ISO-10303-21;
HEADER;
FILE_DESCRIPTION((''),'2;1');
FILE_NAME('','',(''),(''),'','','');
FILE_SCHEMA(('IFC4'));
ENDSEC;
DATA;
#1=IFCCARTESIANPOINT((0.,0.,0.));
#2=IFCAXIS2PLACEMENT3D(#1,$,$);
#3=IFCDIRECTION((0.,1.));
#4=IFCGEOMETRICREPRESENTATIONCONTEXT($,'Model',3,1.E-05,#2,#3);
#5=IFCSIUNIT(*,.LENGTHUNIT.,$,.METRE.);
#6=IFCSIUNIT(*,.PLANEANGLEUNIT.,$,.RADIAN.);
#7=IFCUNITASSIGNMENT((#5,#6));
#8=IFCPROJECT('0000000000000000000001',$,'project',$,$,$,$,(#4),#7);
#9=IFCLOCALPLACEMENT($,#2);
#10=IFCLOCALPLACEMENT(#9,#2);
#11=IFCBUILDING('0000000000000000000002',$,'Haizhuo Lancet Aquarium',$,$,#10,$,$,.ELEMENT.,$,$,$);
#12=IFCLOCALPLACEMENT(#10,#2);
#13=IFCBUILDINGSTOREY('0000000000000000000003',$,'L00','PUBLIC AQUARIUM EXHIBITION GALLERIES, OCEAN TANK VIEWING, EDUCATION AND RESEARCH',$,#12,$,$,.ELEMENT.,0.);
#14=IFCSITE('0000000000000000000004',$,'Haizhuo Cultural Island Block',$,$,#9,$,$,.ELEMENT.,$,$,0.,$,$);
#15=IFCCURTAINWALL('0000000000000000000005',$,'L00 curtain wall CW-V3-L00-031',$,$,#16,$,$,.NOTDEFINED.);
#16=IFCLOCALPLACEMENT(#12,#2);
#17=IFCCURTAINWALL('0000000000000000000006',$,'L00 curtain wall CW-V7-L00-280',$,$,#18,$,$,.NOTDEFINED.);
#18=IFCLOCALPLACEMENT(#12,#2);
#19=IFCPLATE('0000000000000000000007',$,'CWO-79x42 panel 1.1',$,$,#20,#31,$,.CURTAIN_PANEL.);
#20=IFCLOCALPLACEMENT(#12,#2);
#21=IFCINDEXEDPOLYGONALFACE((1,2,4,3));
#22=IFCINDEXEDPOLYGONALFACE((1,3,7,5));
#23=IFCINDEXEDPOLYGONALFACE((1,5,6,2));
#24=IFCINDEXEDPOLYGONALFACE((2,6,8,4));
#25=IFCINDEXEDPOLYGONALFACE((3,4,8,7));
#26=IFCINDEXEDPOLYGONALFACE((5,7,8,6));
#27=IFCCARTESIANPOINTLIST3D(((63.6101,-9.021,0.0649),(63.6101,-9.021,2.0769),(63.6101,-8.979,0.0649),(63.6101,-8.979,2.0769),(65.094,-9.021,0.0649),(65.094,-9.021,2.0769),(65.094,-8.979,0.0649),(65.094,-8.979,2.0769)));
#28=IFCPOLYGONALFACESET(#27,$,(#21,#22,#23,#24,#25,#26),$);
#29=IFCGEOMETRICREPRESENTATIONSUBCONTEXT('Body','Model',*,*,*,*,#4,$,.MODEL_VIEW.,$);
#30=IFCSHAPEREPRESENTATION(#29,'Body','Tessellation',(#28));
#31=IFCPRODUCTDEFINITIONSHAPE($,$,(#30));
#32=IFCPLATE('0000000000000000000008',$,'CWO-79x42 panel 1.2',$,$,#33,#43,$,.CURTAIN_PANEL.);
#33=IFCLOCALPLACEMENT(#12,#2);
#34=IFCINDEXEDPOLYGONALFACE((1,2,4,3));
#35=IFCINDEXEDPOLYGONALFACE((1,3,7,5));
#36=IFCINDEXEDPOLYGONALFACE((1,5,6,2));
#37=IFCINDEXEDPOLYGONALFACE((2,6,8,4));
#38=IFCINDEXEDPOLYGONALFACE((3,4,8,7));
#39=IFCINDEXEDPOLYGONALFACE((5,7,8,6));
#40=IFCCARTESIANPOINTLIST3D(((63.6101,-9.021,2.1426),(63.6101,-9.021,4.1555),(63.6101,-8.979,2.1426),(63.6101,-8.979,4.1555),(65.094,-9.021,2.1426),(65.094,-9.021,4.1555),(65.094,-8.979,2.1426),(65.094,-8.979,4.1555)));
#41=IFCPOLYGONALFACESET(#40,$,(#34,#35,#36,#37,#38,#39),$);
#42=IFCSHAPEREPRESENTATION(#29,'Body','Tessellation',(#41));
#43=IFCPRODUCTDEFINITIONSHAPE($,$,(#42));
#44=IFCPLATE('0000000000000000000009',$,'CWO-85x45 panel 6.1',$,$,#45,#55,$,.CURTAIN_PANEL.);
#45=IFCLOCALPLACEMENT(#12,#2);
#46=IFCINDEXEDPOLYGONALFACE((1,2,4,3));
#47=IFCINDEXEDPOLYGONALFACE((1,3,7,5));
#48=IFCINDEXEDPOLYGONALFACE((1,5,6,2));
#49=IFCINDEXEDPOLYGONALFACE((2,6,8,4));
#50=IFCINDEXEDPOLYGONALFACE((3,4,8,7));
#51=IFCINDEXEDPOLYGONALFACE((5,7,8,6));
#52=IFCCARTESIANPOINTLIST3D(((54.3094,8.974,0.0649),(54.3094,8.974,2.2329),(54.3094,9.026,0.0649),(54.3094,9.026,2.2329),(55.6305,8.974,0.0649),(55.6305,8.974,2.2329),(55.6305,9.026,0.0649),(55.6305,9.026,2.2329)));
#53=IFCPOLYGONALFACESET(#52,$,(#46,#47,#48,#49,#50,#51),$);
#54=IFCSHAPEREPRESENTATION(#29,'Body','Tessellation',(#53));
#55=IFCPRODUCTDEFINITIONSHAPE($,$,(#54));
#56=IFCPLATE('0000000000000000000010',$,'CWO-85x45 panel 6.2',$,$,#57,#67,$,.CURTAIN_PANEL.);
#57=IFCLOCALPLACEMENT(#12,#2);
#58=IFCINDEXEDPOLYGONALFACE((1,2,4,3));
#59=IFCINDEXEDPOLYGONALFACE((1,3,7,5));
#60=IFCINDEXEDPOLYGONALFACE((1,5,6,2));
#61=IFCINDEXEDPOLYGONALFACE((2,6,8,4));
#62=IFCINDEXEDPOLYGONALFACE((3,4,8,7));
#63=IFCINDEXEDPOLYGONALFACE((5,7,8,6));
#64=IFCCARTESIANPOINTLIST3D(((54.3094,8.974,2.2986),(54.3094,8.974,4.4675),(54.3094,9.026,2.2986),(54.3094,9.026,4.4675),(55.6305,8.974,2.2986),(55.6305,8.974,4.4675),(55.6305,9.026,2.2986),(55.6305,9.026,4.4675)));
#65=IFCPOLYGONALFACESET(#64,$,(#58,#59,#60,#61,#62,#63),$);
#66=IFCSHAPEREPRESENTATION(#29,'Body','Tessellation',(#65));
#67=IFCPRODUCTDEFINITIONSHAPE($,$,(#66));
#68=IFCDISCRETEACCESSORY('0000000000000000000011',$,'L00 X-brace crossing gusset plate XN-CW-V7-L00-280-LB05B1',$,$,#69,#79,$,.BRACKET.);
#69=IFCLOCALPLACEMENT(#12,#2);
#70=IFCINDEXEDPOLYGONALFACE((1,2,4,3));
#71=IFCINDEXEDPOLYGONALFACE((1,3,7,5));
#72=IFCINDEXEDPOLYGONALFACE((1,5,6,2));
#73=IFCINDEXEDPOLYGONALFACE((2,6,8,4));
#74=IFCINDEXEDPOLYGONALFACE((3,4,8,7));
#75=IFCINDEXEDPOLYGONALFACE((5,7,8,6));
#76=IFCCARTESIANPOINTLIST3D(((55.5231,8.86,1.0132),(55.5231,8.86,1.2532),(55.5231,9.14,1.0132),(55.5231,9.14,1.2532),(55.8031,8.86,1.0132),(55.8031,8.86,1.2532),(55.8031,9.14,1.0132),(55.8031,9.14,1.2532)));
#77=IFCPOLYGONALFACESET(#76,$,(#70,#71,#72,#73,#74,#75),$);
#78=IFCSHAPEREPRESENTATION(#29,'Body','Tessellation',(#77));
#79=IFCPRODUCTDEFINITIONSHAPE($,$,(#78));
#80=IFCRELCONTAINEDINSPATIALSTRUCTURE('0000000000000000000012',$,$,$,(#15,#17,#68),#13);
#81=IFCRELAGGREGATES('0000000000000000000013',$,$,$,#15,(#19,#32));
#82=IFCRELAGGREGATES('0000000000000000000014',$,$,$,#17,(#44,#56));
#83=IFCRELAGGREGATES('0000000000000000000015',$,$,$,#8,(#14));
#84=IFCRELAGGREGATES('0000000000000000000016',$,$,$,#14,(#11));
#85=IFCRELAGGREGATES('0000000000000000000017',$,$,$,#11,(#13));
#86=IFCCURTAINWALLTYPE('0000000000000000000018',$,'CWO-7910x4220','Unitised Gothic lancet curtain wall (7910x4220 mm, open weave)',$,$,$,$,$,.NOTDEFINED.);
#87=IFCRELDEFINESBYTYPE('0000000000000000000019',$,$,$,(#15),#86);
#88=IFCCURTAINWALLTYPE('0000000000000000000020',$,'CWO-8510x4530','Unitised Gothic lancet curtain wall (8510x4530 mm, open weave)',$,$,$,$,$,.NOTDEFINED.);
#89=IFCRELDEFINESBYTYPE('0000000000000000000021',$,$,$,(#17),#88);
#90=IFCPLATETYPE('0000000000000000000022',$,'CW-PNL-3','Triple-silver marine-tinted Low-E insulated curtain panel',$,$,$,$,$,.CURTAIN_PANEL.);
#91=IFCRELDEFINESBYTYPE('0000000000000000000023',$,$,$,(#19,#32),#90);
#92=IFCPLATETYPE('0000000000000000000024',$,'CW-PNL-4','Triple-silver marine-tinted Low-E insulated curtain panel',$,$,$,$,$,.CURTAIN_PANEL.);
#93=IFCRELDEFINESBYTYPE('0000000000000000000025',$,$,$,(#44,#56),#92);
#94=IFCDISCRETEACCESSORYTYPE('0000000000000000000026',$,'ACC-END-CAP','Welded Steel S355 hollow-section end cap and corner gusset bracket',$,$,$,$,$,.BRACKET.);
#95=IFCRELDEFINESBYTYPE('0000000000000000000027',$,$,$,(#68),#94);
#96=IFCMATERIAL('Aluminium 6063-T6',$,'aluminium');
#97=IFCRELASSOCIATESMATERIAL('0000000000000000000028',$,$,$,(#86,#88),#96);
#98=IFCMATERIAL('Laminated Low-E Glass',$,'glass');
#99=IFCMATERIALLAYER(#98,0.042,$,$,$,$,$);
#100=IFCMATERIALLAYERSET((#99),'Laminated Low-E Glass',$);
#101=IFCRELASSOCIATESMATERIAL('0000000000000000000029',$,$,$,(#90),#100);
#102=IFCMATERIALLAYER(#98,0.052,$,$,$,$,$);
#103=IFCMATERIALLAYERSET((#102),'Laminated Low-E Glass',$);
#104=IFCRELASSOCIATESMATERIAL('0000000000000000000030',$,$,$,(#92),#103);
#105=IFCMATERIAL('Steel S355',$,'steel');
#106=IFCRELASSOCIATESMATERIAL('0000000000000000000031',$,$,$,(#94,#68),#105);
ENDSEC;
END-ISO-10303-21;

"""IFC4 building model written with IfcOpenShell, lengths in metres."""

from ifc_helpers import new_model, si_unit, direction, frame, origin, origin_2d, place, context, subcontext, project, spatial, rectangle, extrude, material, layer, layer_set, type_object, element, aggregate, save


model = new_model("IFC4")

# Units and contexts
model_context = context("Model", 3, precision=1e-05, world=origin(), true_north=direction((0.0, 1.0)))
body_context = subcontext(model_context, "Body", "Model", "MODEL_VIEW")
ifc_project = project(units=[si_unit("LENGTHUNIT", "METRE"), si_unit("PLANEANGLEUNIT", "RADIAN")], contexts=[model_context])

# Site, building, storey
site_placement = place(None, origin())
site = spatial("IfcSite", under=ifc_project, at=site_placement, Name="Haizhuo Cultural Island Block", CompositionType="ELEMENT", RefElevation=0.0)
building_placement = place(site_placement, origin())
building = spatial("IfcBuilding", under=site, at=building_placement, Name="Haizhuo Lancet Aquarium", CompositionType="ELEMENT")
storey_placement = place(building_placement, origin())
storey = spatial("IfcBuildingStorey", under=building, at=storey_placement, Name="L00", Description="PUBLIC AQUARIUM EXHIBITION GALLERIES, OCEAN TANK VIEWING, EDUCATION AND RESEARCH", CompositionType="ELEMENT", Elevation=0.0)

# Shared definitions
ifc_material_1 = material(Name="Steel S355", Category="steel")

# Curtain walls
ifc_material_2 = material(Name="Aluminium 6063-T6", Category="aluminium")
curtain_wall_type_1 = type_object("IfcCurtainWallType", Name="CWO-7910x4220", Description="Unitised Gothic lancet curtain wall (7910x4220 mm, open weave)", PredefinedType="NOTDEFINED", material=ifc_material_2)
curtain_wall_1_placement = place(storey_placement, origin())
curtain_wall_1 = element("IfcCurtainWall", 1, at=curtain_wall_1_placement, inside=storey, type_object=curtain_wall_type_1, Name="L00 curtain wall CW-V3-L00-031", PredefinedType="NOTDEFINED")
curtain_wall_type_2 = type_object("IfcCurtainWallType", Name="CWO-8510x4530", Description="Unitised Gothic lancet curtain wall (8510x4530 mm, open weave)", PredefinedType="NOTDEFINED", material=ifc_material_2)
curtain_wall_2_placement = place(storey_placement, origin())
curtain_wall_2 = element("IfcCurtainWall", 2, at=curtain_wall_2_placement, inside=storey, type_object=curtain_wall_type_2, Name="L00 curtain wall CW-V7-L00-280", PredefinedType="NOTDEFINED")

# Plates
ifc_material_3 = material(Name="Laminated Low-E Glass", Category="glass")
ifc_layer_1 = layer(ifc_material_3, 0.042)
ifc_layer_set_1 = layer_set([ifc_layer_1], Name="Laminated Low-E Glass")
plate_type_1 = type_object("IfcPlateType", Name="CW-PNL-3", Description="Triple-silver marine-tinted Low-E insulated curtain panel", PredefinedType="CURTAIN_PANEL", material=ifc_layer_set_1)
plate_1_placement = place(storey_placement, frame((64.3521, -9.0, 0.0649), z_axis=(0.0, 0.0, 1.0), x_axis=(1.0, 0.0, 0.0)))
plate_1 = element("IfcPlate", 3, at=plate_1_placement, type_object=plate_type_1, Name="CWO-79x42 panel 1.1", PredefinedType="CURTAIN_PANEL", context=body_context, shape_type="SweptSolid", body=[
    extrude(rectangle(XDim=1.4839, YDim=0.042, at=origin_2d()), origin(), (0.0, 0.0, 1.0), 2.012),
])
plate_2_placement = place(storey_placement, frame((64.3521, -9.0, 2.1426), z_axis=(0.0, 0.0, 1.0), x_axis=(1.0, 0.0, 0.0)))
plate_2 = element("IfcPlate", 4, at=plate_2_placement, type_object=plate_type_1, Name="CWO-79x42 panel 1.2", PredefinedType="CURTAIN_PANEL", context=body_context, shape_type="SweptSolid", body=[
    extrude(rectangle(XDim=1.4839, YDim=0.042, at=origin_2d()), origin(), (0.0, 0.0, 1.0), 2.0129),
])
aggregate(curtain_wall_1, [plate_1, plate_2])
ifc_layer_2 = layer(ifc_material_3, 0.052)
ifc_layer_set_2 = layer_set([ifc_layer_2], Name="Laminated Low-E Glass")
plate_type_2 = type_object("IfcPlateType", Name="CW-PNL-4", Description="Triple-silver marine-tinted Low-E insulated curtain panel", PredefinedType="CURTAIN_PANEL", material=ifc_layer_set_2)
plate_3_placement = place(storey_placement, frame((54.97, 9.0, 0.0649), z_axis=(0.0, 0.0, 1.0), x_axis=(-1.0, 0.0, 0.0)))
plate_3 = element("IfcPlate", 5, at=plate_3_placement, type_object=plate_type_2, Name="CWO-85x45 panel 6.1", PredefinedType="CURTAIN_PANEL", context=body_context, shape_type="SweptSolid", body=[
    extrude(rectangle(XDim=1.321, YDim=0.052, at=origin_2d()), origin(), (0.0, 0.0, 1.0), 2.168),
])
plate_4_placement = place(storey_placement, frame((54.97, 9.0, 2.2986), z_axis=(0.0, 0.0, 1.0), x_axis=(-1.0, 0.0, 0.0)))
plate_4 = element("IfcPlate", 6, at=plate_4_placement, type_object=plate_type_2, Name="CWO-85x45 panel 6.2", PredefinedType="CURTAIN_PANEL", context=body_context, shape_type="SweptSolid", body=[
    extrude(rectangle(XDim=1.321, YDim=0.052, at=origin_2d()), origin(), (0.0, 0.0, 1.0), 2.1689),
])
aggregate(curtain_wall_2, [plate_3, plate_4])

# Discrete accessory
discrete_accessory_type = type_object("IfcDiscreteAccessoryType", Name="ACC-END-CAP", Description="Welded Steel S355 hollow-section end cap and corner gusset bracket", PredefinedType="BRACKET", material=ifc_material_1)
discrete_accessory_placement = place(storey_placement, frame((55.6631, 9.0, 1.0132), z_axis=(0.0, 0.0, 1.0), x_axis=(1.0, 0.0, 0.0)))
element("IfcDiscreteAccessory", 7, at=discrete_accessory_placement, inside=storey, type_object=discrete_accessory_type, material=ifc_material_1, Name="L00 X-brace crossing gusset plate XN-CW-V7-L00-280-LB05B1", PredefinedType="BRACKET", context=body_context, shape_type="SweptSolid", body=[
    extrude(rectangle(XDim=0.28, YDim=0.28, at=origin_2d()), origin(), (0.0, 0.0, 1.0), 0.24),
])

save(model, "model.ifc")
